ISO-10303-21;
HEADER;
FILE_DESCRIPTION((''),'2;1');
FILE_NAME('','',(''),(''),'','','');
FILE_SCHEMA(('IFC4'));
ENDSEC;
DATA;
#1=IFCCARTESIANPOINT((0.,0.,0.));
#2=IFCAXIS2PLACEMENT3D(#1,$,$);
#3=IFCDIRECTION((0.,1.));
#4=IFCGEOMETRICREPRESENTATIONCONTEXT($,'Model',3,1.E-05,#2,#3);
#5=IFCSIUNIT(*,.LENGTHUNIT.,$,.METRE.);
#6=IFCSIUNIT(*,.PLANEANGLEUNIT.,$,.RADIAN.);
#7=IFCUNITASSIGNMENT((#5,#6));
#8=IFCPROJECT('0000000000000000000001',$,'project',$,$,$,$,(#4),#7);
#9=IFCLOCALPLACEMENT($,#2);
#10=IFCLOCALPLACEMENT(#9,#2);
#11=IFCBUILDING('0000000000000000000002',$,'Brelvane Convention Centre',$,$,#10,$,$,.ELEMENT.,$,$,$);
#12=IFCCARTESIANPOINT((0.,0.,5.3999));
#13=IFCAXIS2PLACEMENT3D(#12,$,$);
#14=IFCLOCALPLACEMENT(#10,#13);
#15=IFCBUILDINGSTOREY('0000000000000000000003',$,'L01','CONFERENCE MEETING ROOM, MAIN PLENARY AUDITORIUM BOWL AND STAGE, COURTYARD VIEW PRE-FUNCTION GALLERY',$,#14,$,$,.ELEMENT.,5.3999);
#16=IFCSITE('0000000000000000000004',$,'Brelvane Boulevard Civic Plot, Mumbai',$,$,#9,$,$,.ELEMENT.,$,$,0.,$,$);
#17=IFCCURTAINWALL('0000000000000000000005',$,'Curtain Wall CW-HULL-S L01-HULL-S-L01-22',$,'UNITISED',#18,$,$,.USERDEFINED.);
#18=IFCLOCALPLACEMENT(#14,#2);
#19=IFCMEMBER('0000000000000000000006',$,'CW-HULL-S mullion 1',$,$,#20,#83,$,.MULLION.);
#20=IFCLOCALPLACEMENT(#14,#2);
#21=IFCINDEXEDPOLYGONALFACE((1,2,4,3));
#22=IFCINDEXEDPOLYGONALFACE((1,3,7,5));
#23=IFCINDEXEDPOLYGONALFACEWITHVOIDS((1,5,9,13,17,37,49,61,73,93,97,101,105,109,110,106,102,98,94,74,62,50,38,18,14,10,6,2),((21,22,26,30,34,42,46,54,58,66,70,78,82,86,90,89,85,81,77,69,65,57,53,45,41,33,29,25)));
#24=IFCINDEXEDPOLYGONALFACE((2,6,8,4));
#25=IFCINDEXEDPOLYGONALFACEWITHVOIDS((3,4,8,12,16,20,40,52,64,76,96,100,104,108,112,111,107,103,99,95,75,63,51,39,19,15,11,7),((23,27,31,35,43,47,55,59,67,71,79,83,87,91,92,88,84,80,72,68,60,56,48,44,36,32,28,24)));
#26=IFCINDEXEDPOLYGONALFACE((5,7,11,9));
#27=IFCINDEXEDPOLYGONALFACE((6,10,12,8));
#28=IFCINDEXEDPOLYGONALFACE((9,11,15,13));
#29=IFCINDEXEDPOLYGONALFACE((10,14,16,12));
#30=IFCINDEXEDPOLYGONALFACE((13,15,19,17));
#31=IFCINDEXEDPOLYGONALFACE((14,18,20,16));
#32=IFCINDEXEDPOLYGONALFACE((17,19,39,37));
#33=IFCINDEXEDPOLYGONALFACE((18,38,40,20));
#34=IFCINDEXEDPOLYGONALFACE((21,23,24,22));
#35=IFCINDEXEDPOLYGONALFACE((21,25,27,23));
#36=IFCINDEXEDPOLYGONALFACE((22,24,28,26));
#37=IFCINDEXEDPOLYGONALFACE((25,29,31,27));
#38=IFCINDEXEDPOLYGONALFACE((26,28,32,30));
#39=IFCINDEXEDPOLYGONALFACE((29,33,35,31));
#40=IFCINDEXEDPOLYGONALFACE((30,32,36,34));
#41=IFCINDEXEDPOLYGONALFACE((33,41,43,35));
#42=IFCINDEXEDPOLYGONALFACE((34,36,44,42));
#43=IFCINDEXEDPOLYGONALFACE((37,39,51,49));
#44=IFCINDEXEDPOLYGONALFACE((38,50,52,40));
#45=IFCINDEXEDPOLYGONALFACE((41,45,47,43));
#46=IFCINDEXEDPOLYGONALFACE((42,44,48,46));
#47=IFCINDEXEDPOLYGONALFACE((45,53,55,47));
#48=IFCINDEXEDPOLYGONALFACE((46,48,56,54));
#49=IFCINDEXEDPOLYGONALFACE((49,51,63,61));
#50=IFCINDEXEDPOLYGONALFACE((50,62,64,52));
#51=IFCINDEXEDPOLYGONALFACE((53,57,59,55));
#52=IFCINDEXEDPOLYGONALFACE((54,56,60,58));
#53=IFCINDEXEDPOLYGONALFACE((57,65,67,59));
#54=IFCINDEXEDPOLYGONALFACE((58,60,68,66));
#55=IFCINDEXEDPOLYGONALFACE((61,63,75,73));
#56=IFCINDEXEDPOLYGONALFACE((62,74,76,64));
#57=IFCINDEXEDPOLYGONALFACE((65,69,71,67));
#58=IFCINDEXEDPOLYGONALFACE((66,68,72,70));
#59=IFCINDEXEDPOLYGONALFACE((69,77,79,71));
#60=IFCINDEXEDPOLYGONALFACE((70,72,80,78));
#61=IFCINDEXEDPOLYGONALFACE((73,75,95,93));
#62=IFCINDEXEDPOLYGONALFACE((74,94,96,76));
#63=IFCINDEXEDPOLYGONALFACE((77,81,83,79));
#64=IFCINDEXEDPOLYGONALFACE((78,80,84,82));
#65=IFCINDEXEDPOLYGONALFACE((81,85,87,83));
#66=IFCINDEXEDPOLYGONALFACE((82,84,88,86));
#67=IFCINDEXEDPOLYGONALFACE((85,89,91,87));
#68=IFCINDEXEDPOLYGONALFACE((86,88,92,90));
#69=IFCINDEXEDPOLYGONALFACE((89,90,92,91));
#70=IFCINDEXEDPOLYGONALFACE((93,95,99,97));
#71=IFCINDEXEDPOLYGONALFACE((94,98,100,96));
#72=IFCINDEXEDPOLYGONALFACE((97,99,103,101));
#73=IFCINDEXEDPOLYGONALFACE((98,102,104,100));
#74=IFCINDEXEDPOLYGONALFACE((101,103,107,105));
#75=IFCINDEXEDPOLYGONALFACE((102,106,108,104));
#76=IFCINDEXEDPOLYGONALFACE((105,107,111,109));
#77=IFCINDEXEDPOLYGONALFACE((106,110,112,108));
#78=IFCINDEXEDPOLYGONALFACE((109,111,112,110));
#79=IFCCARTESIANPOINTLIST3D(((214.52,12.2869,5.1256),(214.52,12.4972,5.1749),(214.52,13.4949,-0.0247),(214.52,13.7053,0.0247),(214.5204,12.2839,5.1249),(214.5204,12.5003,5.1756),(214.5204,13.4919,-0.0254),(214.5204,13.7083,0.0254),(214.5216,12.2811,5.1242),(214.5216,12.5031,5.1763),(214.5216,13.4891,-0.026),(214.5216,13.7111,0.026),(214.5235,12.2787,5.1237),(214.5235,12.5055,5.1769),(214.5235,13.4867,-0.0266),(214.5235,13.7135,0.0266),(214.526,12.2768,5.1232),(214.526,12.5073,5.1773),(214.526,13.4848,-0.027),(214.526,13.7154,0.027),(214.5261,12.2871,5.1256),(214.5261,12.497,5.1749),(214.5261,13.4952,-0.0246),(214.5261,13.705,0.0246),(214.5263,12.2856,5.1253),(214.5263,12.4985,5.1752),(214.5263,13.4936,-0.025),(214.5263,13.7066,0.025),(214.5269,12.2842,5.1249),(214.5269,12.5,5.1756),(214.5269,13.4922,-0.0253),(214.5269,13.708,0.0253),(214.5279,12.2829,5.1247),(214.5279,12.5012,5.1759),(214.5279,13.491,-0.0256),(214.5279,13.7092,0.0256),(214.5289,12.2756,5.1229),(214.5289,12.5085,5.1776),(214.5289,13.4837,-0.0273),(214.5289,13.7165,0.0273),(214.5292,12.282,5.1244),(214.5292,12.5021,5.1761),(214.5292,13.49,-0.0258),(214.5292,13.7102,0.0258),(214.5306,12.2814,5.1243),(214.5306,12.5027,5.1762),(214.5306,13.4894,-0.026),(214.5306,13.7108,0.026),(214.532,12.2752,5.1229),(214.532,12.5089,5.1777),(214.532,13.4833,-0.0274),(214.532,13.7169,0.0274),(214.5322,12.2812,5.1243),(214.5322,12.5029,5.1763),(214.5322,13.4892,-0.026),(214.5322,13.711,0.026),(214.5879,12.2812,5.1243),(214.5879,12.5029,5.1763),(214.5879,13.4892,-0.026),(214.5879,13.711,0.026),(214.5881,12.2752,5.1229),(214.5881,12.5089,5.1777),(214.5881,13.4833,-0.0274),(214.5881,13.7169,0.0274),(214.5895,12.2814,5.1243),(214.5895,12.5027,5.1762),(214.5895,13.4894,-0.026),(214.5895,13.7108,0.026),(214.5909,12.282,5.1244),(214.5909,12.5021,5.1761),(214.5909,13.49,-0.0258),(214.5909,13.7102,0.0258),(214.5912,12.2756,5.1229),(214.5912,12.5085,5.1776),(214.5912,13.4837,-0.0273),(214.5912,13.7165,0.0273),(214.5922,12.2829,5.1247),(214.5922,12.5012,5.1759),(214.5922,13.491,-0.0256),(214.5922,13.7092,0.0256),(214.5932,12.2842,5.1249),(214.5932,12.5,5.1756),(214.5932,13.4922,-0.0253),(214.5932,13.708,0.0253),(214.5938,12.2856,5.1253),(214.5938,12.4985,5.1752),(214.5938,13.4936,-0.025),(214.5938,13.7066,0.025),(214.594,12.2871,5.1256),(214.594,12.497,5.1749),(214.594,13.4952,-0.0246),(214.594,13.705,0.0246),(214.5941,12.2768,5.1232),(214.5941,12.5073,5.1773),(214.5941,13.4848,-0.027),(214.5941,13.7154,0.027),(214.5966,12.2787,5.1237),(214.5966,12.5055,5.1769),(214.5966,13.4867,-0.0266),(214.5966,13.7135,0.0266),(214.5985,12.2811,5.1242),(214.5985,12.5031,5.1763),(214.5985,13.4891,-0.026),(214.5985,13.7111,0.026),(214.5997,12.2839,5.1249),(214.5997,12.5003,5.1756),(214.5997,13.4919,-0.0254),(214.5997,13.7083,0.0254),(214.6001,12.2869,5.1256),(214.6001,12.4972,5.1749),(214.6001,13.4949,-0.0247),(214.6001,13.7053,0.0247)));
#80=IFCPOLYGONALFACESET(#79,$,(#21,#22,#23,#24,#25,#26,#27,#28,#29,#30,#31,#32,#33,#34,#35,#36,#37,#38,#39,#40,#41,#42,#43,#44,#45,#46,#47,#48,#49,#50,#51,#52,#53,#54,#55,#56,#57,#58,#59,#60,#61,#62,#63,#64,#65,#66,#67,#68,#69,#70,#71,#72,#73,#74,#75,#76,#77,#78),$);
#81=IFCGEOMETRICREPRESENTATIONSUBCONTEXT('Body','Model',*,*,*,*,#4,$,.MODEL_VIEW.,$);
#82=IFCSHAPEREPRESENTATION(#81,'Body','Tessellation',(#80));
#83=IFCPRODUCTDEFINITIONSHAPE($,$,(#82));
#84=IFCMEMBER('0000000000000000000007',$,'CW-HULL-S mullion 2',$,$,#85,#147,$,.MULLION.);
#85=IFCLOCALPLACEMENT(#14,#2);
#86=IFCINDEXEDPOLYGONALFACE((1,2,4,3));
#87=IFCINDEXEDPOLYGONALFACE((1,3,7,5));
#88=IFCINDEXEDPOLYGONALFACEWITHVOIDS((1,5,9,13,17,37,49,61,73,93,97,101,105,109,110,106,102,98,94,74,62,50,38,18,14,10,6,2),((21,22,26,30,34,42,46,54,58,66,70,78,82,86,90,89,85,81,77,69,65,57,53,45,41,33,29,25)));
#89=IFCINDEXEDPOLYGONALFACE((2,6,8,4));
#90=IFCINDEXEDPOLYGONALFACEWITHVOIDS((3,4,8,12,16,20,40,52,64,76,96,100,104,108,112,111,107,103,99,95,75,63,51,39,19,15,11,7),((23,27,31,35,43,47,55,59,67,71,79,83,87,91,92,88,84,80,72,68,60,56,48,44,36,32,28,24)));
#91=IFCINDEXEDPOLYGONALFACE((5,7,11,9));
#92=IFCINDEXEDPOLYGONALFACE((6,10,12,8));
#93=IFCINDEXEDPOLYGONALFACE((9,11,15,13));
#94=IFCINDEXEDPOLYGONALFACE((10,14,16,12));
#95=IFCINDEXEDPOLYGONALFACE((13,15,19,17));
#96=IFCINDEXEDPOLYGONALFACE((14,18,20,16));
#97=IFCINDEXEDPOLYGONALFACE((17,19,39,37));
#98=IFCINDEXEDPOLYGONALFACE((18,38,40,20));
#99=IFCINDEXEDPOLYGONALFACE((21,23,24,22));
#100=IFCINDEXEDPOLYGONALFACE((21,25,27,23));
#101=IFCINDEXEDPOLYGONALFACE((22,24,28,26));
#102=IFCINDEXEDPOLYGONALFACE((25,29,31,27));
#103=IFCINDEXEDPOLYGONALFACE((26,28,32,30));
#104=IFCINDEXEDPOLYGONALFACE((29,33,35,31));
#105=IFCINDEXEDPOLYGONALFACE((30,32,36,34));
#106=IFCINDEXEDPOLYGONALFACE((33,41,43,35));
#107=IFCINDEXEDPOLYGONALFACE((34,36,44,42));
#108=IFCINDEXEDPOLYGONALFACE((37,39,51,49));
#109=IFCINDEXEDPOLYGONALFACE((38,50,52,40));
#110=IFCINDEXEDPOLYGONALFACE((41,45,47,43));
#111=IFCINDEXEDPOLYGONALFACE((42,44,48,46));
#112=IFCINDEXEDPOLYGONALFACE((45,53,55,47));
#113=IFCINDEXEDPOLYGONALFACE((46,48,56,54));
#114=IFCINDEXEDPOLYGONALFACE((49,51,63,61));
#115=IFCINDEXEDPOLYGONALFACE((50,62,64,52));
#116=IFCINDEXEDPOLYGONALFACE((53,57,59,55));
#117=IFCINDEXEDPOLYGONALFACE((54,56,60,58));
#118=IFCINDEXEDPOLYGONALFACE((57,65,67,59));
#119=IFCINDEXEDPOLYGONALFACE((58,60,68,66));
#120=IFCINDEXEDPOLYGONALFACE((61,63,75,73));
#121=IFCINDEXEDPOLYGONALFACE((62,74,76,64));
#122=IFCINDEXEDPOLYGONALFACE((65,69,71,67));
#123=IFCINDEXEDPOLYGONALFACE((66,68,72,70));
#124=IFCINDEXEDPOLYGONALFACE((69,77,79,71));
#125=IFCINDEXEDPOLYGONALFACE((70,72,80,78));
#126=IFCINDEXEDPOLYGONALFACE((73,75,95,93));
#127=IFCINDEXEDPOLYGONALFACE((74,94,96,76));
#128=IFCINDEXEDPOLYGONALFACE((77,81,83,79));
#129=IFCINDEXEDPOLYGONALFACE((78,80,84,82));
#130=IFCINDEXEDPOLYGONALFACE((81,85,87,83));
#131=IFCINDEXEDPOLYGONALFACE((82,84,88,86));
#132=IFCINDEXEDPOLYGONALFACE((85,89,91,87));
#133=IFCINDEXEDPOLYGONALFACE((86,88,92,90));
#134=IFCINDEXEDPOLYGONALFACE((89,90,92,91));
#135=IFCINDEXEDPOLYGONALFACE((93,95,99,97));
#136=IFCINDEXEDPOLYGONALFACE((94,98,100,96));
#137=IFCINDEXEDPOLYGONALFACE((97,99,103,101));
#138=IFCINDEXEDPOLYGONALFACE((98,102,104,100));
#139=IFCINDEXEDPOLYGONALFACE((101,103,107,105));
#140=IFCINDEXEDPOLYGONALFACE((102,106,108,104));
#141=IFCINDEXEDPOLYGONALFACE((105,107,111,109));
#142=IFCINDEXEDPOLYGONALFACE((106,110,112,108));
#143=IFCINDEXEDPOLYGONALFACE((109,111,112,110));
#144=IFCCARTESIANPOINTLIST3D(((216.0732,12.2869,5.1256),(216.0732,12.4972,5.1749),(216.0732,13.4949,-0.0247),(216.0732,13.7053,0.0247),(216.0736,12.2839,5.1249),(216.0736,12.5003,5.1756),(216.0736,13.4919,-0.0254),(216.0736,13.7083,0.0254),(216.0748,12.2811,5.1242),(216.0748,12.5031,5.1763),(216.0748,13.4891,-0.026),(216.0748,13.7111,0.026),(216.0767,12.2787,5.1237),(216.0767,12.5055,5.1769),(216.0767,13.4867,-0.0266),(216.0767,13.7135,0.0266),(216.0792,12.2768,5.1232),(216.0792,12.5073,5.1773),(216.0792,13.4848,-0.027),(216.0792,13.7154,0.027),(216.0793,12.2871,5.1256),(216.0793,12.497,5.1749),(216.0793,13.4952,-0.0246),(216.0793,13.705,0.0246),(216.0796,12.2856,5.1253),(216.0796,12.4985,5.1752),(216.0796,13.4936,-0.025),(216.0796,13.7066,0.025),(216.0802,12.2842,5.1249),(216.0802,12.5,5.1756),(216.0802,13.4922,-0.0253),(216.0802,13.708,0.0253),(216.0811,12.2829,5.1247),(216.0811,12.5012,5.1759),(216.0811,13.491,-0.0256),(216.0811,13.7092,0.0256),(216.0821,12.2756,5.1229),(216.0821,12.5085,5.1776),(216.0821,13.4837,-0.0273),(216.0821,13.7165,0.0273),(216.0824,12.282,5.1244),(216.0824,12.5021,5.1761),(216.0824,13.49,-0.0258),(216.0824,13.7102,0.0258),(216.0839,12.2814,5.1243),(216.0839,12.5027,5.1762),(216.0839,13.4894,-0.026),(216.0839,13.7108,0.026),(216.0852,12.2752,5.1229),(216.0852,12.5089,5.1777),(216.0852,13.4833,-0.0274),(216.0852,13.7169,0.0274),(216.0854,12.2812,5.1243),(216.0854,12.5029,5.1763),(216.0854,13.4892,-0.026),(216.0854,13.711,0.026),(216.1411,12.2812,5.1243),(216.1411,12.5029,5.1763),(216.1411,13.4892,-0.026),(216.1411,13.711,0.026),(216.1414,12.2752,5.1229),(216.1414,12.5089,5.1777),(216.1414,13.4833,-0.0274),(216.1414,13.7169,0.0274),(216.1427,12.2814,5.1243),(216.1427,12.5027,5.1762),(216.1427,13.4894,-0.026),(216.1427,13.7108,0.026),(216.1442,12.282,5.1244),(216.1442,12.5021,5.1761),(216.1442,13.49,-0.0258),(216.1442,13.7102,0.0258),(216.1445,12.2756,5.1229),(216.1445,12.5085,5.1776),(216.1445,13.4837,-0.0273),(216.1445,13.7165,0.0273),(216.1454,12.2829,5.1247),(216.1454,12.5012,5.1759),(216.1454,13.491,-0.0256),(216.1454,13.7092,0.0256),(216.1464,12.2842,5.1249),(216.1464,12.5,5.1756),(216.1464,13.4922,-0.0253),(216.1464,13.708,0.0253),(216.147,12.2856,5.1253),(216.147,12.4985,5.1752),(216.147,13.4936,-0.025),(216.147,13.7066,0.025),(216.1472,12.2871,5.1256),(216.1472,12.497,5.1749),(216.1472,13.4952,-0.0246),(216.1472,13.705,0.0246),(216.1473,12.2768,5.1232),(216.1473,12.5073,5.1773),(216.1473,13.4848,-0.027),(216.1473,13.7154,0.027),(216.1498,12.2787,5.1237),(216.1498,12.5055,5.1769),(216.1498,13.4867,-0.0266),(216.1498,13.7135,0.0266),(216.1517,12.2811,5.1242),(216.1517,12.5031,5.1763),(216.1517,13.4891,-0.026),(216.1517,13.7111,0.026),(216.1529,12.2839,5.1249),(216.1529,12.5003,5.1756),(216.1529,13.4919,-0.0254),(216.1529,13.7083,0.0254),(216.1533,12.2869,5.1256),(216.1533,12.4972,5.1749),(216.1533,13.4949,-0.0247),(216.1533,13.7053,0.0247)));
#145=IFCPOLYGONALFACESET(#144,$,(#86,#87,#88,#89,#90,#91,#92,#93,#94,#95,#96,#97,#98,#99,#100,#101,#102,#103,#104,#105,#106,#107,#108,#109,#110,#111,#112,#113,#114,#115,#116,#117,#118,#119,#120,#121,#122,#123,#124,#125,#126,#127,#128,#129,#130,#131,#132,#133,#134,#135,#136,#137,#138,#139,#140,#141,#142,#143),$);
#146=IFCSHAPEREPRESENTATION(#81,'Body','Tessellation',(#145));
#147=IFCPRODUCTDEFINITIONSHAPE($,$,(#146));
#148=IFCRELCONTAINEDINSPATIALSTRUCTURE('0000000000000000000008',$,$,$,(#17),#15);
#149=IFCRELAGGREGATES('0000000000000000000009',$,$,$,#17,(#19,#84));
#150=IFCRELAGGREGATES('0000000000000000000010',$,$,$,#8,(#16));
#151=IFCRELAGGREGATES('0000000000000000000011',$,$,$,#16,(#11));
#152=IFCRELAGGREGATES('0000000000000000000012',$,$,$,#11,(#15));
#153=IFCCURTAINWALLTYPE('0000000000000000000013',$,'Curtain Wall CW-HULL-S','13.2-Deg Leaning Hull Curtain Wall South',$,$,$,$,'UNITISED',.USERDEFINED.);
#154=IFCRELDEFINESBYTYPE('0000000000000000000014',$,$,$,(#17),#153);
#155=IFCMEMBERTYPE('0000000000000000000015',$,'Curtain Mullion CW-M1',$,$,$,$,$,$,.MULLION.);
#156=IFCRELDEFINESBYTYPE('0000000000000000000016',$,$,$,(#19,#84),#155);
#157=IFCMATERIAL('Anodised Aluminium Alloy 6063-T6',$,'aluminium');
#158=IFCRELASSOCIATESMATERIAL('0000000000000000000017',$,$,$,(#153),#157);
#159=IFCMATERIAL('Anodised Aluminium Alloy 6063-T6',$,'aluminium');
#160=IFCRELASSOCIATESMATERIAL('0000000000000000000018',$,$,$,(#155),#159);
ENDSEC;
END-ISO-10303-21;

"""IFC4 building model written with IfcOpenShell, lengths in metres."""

from ifc_helpers import new_model, si_unit, direction, frame, origin, origin_2d, place, context, subcontext, project, spatial, hollow_rectangle, extrude, material, material_profile, profile_set, type_object, element, aggregate, save


model = new_model("IFC4")

# Units and contexts
model_context = context("Model", 3, precision=1e-05, world=origin(), true_north=direction((0.0, 1.0)))
body_context = subcontext(model_context, "Body", "Model", "MODEL_VIEW")
ifc_project = project(units=[si_unit("LENGTHUNIT", "METRE"), si_unit("PLANEANGLEUNIT", "RADIAN")], contexts=[model_context])

# Site, building, storey
site_placement = place(None, origin())
site = spatial("IfcSite", under=ifc_project, at=site_placement, Name="Brelvane Boulevard Civic Plot, Mumbai", CompositionType="ELEMENT", RefElevation=0.0)
building_placement = place(site_placement, origin())
building = spatial("IfcBuilding", under=site, at=building_placement, Name="Brelvane Convention Centre", CompositionType="ELEMENT")
storey_placement = place(building_placement, frame((0.0, 0.0, 5.3999)))
storey = spatial("IfcBuildingStorey", under=building, at=storey_placement, Name="L01", Description="CONFERENCE MEETING ROOM, MAIN PLENARY AUDITORIUM BOWL AND STAGE, COURTYARD VIEW PRE-FUNCTION GALLERY", CompositionType="ELEMENT", Elevation=5.3999)

# Curtain wall, members
ifc_material_1 = material(Name="Anodised Aluminium Alloy 6063-T6", Category="aluminium")
curtain_wall_type = type_object("IfcCurtainWallType", Name="Curtain Wall CW-HULL-S", Description="13.2-Deg Leaning Hull Curtain Wall South", ElementType="UNITISED", PredefinedType="USERDEFINED", material=ifc_material_1)
curtain_wall_placement = place(storey_placement, origin())
curtain_wall = element("IfcCurtainWall", 1, at=curtain_wall_placement, inside=storey, type_object=curtain_wall_type, Name="Curtain Wall CW-HULL-S L01-HULL-S-L01-22", ObjectType="UNITISED", PredefinedType="USERDEFINED")
ifc_material_2 = material(Name="Anodised Aluminium Alloy 6063-T6", Category="aluminium")
ifc_material_profile_1 = material_profile(ifc_material_2, hollow_rectangle(XDim=0.0801, YDim=0.24, WallThickness=0.0061, InnerFilletRadius=0.0061, OuterFilletRadius=0.012, at=origin_2d()), Name="ALU-M 240x80x6.0")
ifc_profile_set_1 = profile_set([ifc_material_profile_1], Name="Anodised Aluminium Alloy 6063-T6")
member_type_1 = type_object("IfcMemberType", Name="Curtain Mullion CW-M1", PredefinedType="MULLION", material=ifc_profile_set_1)
member_1_placement = place(storey_placement, frame((214.5601, 13.6001, 0.0), z_axis=(0.0, -0.22836, 0.973577), x_axis=(1.0, 0.0, 0.0)))
member_1 = element("IfcMember", 2, at=member_1_placement, type_object=member_type_1, Name="CW-HULL-S mullion 1", PredefinedType="MULLION", context=body_context, shape_type="SweptSolid", body=[
    extrude(hollow_rectangle(XDim=0.0801, YDim=0.24, WallThickness=0.0061, InnerFilletRadius=0.0061, OuterFilletRadius=0.012, at=origin_2d()), origin(), (0.0, 0.0, 1.0), 5.29),
])
member_2_placement = place(storey_placement, frame((216.1133, 13.6001, 0.0), z_axis=(0.0, -0.22836, 0.973577), x_axis=(1.0, 0.0, 0.0)))
member_2 = element("IfcMember", 3, at=member_2_placement, type_object=member_type_1, Name="CW-HULL-S mullion 2", PredefinedType="MULLION", context=body_context, shape_type="SweptSolid", body=[
    extrude(hollow_rectangle(XDim=0.0801, YDim=0.24, WallThickness=0.0061, InnerFilletRadius=0.0061, OuterFilletRadius=0.012, at=origin_2d()), origin(), (0.0, 0.0, 1.0), 5.29),
])
aggregate(curtain_wall, [member_1, member_2])

save(model, "model.ifc")
